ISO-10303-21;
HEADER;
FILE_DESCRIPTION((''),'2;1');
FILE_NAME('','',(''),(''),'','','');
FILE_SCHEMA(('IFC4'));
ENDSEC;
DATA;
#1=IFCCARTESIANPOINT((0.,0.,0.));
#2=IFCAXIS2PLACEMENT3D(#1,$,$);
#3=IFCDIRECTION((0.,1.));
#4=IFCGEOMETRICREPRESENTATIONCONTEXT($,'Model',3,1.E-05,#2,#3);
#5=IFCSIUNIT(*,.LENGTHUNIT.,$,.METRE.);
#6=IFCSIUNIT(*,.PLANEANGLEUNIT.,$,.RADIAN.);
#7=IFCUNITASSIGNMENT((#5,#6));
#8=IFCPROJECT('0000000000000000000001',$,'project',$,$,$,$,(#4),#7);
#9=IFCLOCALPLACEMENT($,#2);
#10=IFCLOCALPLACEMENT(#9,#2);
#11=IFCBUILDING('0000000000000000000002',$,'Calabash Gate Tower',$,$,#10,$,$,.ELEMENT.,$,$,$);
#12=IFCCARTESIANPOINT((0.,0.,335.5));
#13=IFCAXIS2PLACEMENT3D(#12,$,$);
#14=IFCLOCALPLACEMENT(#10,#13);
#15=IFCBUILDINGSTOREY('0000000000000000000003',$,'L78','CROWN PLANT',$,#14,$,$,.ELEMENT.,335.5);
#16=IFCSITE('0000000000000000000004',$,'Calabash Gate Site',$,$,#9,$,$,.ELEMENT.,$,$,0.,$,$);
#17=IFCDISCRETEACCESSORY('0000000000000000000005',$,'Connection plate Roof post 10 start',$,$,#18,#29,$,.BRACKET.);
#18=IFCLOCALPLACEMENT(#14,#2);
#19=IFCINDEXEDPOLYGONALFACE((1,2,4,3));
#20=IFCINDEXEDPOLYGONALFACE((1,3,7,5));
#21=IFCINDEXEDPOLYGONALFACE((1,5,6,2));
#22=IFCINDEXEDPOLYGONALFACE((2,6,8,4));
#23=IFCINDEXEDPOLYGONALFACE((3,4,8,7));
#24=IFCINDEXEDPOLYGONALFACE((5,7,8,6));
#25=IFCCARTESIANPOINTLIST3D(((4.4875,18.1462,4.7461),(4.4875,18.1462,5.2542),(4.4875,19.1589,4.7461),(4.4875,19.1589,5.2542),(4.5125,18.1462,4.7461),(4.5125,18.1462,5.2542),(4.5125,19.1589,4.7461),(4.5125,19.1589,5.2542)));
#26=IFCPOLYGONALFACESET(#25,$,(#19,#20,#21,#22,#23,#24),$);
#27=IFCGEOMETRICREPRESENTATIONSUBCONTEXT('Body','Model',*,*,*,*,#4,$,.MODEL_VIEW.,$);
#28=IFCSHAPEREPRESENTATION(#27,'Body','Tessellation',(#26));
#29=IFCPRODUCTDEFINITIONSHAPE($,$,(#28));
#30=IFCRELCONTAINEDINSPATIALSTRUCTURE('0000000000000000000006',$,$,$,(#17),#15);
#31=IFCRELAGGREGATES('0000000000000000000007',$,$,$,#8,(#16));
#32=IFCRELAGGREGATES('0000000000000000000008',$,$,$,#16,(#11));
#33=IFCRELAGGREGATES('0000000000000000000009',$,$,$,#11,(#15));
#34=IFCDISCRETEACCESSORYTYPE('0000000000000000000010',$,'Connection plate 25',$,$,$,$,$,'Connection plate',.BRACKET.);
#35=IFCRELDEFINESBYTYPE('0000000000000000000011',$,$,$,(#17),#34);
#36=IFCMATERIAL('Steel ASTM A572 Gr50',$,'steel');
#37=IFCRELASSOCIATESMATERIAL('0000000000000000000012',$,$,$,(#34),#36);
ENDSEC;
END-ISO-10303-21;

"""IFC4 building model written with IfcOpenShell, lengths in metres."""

from ifc_helpers import new_model, si_unit, direction, frame, origin, origin_2d, place, context, subcontext, project, spatial, rectangle, extrude, material, type_object, element, save


model = new_model("IFC4")

# Units and contexts
model_context = context("Model", 3, precision=1e-05, world=origin(), true_north=direction((0.0, 1.0)))
body_context = subcontext(model_context, "Body", "Model", "MODEL_VIEW")
ifc_project = project(units=[si_unit("LENGTHUNIT", "METRE"), si_unit("PLANEANGLEUNIT", "RADIAN")], contexts=[model_context])

# Site, building, storey
site_placement = place(None, origin())
site = spatial("IfcSite", under=ifc_project, at=site_placement, Name="Calabash Gate Site", CompositionType="ELEMENT", RefElevation=0.0)
building_placement = place(site_placement, origin())
building = spatial("IfcBuilding", under=site, at=building_placement, Name="Calabash Gate Tower", CompositionType="ELEMENT")
storey_placement = place(building_placement, frame((0.0, 0.0, 335.5)))
storey = spatial("IfcBuildingStorey", under=building, at=storey_placement, Name="L78", Description="CROWN PLANT", CompositionType="ELEMENT", Elevation=335.5)

# Discrete accessory
ifc_material_1 = material(Name="Steel ASTM A572 Gr50", Category="steel")
discrete_accessory_type = type_object("IfcDiscreteAccessoryType", Name="Connection plate 25", ElementType="Connection plate", PredefinedType="BRACKET", material=ifc_material_1)
discrete_accessory_placement = place(storey_placement, frame((4.5, 18.6526, 4.7461), z_axis=(0.0, 0.0, 1.0), x_axis=(0.0, 1.0, 0.0)))
element("IfcDiscreteAccessory", 1, at=discrete_accessory_placement, inside=storey, type_object=discrete_accessory_type, Name="Connection plate Roof post 10 start", PredefinedType="BRACKET", context=body_context, shape_type="SweptSolid", body=[
    extrude(rectangle(XDim=1.0127, YDim=0.0249, at=origin_2d()), origin(), (0.0, 0.0, 1.0), 0.5081),
])

save(model, "model.ifc")
